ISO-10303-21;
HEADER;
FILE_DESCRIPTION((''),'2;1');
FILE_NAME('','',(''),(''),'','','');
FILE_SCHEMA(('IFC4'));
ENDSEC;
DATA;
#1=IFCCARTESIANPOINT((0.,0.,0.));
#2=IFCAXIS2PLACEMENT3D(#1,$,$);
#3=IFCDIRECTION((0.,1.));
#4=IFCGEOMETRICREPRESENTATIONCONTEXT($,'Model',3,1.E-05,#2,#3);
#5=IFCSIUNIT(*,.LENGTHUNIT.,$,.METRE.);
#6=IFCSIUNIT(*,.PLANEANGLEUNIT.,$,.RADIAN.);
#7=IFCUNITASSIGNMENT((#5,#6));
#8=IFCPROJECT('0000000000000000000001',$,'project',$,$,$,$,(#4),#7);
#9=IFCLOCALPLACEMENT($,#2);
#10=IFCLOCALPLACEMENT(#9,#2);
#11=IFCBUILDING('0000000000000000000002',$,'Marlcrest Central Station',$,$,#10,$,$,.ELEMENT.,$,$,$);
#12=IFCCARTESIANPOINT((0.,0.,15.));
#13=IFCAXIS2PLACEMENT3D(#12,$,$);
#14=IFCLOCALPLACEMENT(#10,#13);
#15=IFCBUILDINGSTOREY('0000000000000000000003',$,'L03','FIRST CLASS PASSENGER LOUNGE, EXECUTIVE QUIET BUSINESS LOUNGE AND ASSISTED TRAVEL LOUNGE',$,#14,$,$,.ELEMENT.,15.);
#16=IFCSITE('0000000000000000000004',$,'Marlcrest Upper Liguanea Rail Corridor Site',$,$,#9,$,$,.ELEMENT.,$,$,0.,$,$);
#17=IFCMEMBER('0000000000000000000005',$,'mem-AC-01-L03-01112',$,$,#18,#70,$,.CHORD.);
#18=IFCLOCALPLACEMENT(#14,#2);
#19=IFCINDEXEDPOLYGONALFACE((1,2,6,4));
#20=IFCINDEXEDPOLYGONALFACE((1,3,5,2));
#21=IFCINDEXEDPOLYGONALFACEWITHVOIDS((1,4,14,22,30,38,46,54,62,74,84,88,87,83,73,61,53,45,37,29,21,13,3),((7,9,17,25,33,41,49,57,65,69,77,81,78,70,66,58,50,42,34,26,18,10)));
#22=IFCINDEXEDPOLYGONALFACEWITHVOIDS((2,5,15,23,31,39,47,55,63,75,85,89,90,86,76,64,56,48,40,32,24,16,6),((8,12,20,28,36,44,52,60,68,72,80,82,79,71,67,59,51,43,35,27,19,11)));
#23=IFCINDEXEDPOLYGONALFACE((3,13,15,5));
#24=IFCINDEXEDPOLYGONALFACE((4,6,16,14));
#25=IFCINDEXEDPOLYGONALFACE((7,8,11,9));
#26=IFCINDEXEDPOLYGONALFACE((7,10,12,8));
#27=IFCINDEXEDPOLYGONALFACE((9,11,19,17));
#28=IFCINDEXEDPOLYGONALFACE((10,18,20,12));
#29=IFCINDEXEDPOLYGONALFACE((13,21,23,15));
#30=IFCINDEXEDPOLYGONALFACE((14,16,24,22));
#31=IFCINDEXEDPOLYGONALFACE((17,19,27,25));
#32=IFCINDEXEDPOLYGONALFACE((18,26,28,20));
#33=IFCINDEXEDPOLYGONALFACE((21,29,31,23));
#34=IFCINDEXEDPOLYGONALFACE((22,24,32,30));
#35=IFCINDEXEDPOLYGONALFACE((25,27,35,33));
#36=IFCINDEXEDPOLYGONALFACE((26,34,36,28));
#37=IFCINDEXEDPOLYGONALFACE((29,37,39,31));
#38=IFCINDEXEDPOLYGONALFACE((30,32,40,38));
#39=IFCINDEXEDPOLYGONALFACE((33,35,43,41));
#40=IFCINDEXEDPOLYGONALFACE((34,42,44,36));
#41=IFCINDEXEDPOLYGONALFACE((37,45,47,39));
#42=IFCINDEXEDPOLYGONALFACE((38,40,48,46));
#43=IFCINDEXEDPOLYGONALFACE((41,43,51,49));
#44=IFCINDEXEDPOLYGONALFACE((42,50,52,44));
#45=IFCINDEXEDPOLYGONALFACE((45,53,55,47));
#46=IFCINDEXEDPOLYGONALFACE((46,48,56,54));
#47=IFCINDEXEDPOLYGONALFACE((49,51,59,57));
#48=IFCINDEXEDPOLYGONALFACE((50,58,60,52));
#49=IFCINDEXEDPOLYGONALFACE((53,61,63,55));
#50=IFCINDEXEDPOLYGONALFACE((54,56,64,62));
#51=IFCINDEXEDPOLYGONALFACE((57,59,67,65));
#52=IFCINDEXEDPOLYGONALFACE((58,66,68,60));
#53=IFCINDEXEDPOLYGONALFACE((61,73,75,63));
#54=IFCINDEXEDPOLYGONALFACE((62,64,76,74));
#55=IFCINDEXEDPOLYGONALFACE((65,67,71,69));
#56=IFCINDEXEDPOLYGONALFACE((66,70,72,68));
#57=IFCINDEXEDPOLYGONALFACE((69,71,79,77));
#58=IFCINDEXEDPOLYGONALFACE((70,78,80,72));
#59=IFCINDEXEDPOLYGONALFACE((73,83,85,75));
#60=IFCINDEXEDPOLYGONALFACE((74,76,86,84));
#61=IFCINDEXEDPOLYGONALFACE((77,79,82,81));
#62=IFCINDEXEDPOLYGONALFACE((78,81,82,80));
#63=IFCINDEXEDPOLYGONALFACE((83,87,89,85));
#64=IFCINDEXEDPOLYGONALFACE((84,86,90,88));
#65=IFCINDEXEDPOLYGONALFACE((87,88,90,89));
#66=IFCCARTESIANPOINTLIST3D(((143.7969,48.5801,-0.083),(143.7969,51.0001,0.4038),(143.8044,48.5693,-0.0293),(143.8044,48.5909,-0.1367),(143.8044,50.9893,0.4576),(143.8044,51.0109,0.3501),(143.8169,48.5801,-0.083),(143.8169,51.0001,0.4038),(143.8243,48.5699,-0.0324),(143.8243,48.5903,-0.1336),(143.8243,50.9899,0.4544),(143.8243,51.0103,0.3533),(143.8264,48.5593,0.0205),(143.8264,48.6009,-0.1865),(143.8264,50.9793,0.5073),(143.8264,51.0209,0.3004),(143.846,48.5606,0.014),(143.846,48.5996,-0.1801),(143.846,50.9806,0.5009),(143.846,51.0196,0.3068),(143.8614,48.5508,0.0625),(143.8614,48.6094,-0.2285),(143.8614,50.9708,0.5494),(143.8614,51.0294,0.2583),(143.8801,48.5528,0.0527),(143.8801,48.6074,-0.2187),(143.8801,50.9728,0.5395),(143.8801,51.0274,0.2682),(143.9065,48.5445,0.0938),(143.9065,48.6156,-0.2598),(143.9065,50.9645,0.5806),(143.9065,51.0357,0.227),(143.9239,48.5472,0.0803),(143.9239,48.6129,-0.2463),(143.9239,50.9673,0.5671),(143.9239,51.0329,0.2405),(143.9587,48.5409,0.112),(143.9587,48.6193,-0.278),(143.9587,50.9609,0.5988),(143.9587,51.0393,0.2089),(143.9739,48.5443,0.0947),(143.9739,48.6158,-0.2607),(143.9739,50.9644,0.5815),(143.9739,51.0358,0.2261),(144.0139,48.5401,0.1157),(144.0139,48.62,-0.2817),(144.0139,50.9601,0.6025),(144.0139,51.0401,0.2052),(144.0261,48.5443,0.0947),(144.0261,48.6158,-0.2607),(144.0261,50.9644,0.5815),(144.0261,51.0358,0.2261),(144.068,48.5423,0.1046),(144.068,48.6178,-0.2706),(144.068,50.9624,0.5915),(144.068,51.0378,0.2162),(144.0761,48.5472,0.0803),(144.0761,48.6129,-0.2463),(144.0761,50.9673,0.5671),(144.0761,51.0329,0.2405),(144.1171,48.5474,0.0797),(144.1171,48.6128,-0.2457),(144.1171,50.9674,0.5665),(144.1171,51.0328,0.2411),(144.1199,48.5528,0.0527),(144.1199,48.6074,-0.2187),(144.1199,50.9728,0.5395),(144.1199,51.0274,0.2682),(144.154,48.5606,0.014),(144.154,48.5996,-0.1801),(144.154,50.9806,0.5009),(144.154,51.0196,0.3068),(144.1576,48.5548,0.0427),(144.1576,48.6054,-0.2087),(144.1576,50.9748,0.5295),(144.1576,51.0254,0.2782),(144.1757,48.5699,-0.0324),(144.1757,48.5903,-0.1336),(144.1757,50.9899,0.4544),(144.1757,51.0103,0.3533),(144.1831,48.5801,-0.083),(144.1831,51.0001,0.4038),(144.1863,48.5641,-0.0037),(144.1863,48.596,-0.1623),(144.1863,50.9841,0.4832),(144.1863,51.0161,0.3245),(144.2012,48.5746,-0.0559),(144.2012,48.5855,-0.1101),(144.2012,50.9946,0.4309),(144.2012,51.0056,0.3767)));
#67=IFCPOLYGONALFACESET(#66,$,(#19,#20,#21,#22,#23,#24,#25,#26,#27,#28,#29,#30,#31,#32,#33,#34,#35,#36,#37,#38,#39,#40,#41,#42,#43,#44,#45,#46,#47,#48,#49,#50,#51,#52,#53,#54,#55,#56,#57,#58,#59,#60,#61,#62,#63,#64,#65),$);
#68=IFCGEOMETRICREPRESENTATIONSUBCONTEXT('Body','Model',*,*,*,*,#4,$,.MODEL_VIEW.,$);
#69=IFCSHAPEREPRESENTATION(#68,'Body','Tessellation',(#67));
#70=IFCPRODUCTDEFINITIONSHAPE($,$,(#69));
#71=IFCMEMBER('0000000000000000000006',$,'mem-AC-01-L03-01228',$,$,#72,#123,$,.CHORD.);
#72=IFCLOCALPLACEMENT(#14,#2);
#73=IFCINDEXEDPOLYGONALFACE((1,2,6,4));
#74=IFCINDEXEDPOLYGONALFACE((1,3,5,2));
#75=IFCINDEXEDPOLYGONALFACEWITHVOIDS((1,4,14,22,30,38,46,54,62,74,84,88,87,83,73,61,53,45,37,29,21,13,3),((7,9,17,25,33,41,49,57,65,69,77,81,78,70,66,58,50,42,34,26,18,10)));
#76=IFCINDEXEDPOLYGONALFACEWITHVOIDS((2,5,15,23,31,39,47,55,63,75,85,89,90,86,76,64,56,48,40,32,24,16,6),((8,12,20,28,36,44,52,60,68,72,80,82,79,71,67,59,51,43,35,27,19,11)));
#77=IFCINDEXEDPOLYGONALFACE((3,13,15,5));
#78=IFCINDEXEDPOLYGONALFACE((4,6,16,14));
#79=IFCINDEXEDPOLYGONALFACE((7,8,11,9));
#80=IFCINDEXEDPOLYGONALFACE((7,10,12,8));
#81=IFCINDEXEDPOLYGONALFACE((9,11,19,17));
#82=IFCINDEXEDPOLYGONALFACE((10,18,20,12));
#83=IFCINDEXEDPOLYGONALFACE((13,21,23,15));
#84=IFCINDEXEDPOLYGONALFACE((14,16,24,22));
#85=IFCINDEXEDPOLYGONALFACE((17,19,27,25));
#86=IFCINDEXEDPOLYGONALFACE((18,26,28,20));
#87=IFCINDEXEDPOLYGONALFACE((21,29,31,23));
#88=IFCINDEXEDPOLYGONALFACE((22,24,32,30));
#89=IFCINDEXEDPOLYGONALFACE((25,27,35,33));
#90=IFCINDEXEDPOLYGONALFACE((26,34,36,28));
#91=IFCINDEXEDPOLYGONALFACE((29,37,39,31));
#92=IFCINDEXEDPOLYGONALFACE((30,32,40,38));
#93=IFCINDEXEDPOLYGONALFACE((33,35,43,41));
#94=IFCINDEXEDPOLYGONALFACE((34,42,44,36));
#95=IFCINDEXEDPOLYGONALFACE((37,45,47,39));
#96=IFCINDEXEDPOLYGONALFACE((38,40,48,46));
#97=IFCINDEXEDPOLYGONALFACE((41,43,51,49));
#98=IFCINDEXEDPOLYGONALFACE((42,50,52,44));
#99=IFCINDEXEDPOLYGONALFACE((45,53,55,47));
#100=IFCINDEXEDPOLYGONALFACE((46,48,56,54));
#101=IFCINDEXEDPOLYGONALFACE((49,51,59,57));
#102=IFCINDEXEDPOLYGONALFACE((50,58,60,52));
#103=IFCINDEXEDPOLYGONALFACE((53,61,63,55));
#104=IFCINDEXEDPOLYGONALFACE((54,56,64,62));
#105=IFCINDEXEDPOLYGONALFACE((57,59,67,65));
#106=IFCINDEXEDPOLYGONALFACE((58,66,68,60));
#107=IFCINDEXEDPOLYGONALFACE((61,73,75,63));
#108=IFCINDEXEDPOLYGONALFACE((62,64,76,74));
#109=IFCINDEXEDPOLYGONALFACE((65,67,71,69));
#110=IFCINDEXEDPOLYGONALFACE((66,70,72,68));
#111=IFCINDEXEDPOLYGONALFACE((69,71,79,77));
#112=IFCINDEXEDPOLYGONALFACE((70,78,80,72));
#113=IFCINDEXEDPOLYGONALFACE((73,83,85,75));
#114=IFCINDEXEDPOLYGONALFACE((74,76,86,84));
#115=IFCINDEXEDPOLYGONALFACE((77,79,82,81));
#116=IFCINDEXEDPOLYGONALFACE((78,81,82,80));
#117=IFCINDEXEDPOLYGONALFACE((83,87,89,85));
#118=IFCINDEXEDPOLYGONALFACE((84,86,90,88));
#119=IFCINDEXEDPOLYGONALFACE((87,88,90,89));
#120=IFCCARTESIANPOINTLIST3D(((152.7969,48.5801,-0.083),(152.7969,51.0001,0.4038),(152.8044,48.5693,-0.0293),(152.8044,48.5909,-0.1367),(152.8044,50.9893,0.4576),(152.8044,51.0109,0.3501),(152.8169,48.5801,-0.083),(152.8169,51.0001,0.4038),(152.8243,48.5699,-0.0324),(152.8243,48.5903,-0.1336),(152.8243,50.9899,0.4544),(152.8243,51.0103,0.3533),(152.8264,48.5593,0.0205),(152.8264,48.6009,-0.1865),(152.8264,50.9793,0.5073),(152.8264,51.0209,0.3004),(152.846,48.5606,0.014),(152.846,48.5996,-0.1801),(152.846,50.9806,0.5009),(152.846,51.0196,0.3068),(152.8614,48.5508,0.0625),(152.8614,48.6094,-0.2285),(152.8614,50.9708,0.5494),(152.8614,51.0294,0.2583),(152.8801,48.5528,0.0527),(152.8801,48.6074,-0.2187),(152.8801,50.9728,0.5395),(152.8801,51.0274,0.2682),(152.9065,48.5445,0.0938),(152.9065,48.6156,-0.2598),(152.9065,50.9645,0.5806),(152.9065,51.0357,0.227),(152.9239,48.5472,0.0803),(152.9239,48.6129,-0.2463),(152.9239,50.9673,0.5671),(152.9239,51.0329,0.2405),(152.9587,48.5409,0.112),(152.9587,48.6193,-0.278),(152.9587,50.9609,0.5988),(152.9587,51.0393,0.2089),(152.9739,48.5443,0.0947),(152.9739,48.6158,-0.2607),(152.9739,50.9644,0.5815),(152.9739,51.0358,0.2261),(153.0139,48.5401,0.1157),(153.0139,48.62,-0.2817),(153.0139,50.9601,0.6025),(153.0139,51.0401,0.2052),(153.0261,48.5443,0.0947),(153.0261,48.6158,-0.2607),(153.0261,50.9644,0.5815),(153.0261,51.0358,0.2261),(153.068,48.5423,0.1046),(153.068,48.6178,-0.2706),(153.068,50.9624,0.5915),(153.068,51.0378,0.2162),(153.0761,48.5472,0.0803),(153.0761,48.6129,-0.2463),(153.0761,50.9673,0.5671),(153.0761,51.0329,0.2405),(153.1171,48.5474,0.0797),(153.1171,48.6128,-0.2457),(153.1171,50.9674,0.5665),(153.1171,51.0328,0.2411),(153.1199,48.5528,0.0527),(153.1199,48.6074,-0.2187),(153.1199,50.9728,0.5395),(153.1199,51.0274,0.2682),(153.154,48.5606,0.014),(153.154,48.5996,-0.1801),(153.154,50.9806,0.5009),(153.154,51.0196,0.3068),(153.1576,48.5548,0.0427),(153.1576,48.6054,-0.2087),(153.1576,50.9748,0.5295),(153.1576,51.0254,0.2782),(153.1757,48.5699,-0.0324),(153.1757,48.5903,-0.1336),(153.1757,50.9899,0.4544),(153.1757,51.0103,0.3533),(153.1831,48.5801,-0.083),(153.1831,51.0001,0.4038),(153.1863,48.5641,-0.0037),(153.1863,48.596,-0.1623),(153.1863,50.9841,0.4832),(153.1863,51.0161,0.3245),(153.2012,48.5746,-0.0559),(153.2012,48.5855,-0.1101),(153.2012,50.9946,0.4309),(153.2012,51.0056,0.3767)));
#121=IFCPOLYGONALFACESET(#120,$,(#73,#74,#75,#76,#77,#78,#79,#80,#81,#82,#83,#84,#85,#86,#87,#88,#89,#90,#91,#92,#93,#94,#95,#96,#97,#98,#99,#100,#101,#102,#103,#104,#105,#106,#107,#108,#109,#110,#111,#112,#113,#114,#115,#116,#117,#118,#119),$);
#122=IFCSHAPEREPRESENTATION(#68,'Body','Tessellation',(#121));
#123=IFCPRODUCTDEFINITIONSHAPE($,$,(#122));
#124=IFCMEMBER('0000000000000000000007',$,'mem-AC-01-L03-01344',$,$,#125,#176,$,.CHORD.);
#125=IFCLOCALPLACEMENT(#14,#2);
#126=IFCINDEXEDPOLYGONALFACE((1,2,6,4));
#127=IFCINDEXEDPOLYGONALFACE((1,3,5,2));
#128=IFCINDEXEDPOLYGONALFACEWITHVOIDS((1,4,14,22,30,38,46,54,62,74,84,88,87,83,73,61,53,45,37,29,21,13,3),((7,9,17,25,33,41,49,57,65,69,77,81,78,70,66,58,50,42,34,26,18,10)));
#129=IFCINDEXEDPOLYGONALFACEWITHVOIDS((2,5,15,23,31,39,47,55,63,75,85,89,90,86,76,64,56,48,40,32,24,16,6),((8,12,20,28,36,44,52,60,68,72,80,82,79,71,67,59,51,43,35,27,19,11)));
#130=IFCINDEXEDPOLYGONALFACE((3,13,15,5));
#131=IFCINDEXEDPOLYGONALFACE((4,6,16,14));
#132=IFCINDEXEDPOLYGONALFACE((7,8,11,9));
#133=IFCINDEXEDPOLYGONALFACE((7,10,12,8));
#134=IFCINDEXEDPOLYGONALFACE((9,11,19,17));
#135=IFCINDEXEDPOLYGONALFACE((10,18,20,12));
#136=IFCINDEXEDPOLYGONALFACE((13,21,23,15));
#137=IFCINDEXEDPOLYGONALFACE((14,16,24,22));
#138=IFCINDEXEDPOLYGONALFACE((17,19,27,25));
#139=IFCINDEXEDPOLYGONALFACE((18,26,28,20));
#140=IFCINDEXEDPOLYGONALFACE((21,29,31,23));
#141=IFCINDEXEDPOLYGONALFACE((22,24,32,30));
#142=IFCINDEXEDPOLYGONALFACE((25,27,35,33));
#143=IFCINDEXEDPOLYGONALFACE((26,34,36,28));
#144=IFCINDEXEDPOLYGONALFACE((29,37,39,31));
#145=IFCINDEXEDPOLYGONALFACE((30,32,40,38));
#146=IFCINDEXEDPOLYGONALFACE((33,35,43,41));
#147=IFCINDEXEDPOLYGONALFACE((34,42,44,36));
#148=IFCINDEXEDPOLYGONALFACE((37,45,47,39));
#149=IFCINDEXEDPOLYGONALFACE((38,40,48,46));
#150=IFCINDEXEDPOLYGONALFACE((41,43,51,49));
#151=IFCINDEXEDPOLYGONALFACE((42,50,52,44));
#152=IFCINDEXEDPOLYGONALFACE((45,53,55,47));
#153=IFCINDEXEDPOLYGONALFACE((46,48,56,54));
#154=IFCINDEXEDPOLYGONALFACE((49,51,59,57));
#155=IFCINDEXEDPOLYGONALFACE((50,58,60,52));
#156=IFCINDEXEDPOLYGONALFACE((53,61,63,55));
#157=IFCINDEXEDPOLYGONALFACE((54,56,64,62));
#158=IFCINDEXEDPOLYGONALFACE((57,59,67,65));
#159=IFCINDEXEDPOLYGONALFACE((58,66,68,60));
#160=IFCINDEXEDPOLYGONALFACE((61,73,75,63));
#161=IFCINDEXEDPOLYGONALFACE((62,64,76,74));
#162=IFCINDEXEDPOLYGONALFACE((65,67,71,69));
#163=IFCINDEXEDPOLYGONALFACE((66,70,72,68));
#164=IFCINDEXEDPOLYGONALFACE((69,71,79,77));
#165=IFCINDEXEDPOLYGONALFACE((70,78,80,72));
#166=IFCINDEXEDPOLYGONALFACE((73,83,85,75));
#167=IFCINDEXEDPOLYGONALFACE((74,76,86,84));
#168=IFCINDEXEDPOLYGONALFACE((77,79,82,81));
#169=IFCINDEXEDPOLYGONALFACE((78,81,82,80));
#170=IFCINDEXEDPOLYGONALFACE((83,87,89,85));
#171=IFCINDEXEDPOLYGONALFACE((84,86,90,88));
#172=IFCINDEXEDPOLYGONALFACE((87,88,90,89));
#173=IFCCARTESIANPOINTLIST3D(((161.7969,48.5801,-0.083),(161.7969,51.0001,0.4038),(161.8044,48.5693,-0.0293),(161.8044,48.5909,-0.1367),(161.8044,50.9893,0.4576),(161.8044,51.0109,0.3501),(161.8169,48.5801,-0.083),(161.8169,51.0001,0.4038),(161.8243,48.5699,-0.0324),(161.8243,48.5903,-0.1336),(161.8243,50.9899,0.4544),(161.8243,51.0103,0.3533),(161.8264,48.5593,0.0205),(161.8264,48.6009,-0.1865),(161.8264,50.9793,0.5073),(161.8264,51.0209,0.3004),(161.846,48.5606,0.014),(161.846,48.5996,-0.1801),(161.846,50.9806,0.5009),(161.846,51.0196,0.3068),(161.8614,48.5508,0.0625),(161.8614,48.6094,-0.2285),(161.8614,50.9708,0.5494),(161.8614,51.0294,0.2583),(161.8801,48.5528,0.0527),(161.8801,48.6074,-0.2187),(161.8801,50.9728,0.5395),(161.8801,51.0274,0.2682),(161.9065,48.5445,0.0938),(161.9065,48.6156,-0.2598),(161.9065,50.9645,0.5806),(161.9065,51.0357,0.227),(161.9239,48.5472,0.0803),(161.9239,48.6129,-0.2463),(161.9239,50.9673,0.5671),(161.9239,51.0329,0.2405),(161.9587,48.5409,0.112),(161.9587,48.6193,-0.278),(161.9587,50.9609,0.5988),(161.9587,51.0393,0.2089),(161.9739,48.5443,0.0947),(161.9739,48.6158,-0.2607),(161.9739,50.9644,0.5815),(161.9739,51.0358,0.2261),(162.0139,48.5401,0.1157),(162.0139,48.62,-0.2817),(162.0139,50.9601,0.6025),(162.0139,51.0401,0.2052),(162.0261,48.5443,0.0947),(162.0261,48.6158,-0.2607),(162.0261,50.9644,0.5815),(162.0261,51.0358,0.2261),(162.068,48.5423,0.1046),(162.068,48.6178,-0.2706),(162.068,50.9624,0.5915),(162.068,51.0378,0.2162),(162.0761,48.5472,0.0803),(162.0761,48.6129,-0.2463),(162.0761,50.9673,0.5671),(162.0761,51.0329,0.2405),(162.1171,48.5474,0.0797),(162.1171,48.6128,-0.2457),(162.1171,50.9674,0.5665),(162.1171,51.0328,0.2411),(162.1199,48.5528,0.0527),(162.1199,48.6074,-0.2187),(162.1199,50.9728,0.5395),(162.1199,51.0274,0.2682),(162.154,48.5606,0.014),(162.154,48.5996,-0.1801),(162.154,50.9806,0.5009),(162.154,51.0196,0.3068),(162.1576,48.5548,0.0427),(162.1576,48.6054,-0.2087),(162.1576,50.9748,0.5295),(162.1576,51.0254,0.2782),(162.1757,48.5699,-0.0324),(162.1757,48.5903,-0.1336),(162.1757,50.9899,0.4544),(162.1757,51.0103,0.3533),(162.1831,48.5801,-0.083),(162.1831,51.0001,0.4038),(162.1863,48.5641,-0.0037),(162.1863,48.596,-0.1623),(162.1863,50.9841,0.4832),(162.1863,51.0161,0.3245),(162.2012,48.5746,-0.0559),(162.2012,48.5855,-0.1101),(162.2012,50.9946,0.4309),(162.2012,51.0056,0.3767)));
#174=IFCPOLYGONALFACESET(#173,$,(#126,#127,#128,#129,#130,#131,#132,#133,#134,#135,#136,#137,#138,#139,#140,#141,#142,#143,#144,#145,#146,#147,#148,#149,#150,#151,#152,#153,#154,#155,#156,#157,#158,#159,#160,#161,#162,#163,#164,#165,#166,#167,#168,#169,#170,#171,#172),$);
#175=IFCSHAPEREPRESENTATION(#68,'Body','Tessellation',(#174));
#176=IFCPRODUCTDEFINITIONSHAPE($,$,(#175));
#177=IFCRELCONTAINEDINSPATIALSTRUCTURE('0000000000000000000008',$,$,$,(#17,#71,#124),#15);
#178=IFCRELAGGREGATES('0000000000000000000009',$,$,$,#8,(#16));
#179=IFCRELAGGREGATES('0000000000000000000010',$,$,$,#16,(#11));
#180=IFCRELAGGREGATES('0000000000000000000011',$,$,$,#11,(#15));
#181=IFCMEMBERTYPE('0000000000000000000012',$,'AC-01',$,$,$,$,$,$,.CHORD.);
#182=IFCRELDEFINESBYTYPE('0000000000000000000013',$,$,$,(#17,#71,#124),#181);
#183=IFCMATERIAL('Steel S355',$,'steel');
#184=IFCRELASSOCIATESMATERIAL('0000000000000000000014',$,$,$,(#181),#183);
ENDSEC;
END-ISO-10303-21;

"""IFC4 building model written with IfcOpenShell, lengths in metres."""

from ifc_helpers import new_model, si_unit, direction, frame, origin, origin_2d, place, context, subcontext, project, spatial, hollow_circle, extrude, material, material_profile, profile_set, type_object, element, save


model = new_model("IFC4")

# Units and contexts
model_context = context("Model", 3, precision=1e-05, world=origin(), true_north=direction((0.0, 1.0)))
body_context = subcontext(model_context, "Body", "Model", "MODEL_VIEW")
ifc_project = project(units=[si_unit("LENGTHUNIT", "METRE"), si_unit("PLANEANGLEUNIT", "RADIAN")], contexts=[model_context])

# Site, building, storey
site_placement = place(None, origin())
site = spatial("IfcSite", under=ifc_project, at=site_placement, Name="Marlcrest Upper Liguanea Rail Corridor Site", CompositionType="ELEMENT", RefElevation=0.0)
building_placement = place(site_placement, origin())
building = spatial("IfcBuilding", under=site, at=building_placement, Name="Marlcrest Central Station", CompositionType="ELEMENT")
storey_placement = place(building_placement, frame((0.0, 0.0, 15.0)))
storey = spatial("IfcBuildingStorey", under=building, at=storey_placement, Name="L03", Description="FIRST CLASS PASSENGER LOUNGE, EXECUTIVE QUIET BUSINESS LOUNGE AND ASSISTED TRAVEL LOUNGE", CompositionType="ELEMENT", Elevation=15.0)

# Shared definitions
ifc_material_1 = material(Name="Steel S355", Category="steel")

# Members
ifc_material_profile_1 = material_profile(ifc_material_1, hollow_circle(Radius=0.2031, WallThickness=0.02, at=origin_2d()), Name="CHS 406.4x20")
ifc_profile_set_1 = profile_set([ifc_material_profile_1], Name="Steel S355")
member_type_1 = type_object("IfcMemberType", Name="AC-01", PredefinedType="CHORD", material=ifc_profile_set_1)
for number, where, z_axis, x_axis, name in (
    (1, (144.0, 48.5801, -0.083), (0.0, 0.980359, 0.197219), (-1.0, 0.0, 0.0), "mem-AC-01-L03-01112"),
    (2, (153.0, 48.5801, -0.083), (0.0, 0.980359, 0.197219), (-1.0, 0.0, 0.0), "mem-AC-01-L03-01228"),
    (3, (162.0, 48.5801, -0.083), (0.0, 0.980359, 0.197219), (-1.0, 0.0, 0.0), "mem-AC-01-L03-01344"),
):
    element("IfcMember", number, at=place(storey_placement, frame(where, z_axis=z_axis, x_axis=x_axis)), inside=storey, type_object=member_type_1, Name=name, PredefinedType="CHORD", context=body_context, shape_type="SweptSolid", body=[
        extrude(hollow_circle(Radius=0.2031, WallThickness=0.02, at=origin_2d()), origin(), (0.0, 0.0, 1.0), 2.4685),
    ])

save(model, "model.ifc")
